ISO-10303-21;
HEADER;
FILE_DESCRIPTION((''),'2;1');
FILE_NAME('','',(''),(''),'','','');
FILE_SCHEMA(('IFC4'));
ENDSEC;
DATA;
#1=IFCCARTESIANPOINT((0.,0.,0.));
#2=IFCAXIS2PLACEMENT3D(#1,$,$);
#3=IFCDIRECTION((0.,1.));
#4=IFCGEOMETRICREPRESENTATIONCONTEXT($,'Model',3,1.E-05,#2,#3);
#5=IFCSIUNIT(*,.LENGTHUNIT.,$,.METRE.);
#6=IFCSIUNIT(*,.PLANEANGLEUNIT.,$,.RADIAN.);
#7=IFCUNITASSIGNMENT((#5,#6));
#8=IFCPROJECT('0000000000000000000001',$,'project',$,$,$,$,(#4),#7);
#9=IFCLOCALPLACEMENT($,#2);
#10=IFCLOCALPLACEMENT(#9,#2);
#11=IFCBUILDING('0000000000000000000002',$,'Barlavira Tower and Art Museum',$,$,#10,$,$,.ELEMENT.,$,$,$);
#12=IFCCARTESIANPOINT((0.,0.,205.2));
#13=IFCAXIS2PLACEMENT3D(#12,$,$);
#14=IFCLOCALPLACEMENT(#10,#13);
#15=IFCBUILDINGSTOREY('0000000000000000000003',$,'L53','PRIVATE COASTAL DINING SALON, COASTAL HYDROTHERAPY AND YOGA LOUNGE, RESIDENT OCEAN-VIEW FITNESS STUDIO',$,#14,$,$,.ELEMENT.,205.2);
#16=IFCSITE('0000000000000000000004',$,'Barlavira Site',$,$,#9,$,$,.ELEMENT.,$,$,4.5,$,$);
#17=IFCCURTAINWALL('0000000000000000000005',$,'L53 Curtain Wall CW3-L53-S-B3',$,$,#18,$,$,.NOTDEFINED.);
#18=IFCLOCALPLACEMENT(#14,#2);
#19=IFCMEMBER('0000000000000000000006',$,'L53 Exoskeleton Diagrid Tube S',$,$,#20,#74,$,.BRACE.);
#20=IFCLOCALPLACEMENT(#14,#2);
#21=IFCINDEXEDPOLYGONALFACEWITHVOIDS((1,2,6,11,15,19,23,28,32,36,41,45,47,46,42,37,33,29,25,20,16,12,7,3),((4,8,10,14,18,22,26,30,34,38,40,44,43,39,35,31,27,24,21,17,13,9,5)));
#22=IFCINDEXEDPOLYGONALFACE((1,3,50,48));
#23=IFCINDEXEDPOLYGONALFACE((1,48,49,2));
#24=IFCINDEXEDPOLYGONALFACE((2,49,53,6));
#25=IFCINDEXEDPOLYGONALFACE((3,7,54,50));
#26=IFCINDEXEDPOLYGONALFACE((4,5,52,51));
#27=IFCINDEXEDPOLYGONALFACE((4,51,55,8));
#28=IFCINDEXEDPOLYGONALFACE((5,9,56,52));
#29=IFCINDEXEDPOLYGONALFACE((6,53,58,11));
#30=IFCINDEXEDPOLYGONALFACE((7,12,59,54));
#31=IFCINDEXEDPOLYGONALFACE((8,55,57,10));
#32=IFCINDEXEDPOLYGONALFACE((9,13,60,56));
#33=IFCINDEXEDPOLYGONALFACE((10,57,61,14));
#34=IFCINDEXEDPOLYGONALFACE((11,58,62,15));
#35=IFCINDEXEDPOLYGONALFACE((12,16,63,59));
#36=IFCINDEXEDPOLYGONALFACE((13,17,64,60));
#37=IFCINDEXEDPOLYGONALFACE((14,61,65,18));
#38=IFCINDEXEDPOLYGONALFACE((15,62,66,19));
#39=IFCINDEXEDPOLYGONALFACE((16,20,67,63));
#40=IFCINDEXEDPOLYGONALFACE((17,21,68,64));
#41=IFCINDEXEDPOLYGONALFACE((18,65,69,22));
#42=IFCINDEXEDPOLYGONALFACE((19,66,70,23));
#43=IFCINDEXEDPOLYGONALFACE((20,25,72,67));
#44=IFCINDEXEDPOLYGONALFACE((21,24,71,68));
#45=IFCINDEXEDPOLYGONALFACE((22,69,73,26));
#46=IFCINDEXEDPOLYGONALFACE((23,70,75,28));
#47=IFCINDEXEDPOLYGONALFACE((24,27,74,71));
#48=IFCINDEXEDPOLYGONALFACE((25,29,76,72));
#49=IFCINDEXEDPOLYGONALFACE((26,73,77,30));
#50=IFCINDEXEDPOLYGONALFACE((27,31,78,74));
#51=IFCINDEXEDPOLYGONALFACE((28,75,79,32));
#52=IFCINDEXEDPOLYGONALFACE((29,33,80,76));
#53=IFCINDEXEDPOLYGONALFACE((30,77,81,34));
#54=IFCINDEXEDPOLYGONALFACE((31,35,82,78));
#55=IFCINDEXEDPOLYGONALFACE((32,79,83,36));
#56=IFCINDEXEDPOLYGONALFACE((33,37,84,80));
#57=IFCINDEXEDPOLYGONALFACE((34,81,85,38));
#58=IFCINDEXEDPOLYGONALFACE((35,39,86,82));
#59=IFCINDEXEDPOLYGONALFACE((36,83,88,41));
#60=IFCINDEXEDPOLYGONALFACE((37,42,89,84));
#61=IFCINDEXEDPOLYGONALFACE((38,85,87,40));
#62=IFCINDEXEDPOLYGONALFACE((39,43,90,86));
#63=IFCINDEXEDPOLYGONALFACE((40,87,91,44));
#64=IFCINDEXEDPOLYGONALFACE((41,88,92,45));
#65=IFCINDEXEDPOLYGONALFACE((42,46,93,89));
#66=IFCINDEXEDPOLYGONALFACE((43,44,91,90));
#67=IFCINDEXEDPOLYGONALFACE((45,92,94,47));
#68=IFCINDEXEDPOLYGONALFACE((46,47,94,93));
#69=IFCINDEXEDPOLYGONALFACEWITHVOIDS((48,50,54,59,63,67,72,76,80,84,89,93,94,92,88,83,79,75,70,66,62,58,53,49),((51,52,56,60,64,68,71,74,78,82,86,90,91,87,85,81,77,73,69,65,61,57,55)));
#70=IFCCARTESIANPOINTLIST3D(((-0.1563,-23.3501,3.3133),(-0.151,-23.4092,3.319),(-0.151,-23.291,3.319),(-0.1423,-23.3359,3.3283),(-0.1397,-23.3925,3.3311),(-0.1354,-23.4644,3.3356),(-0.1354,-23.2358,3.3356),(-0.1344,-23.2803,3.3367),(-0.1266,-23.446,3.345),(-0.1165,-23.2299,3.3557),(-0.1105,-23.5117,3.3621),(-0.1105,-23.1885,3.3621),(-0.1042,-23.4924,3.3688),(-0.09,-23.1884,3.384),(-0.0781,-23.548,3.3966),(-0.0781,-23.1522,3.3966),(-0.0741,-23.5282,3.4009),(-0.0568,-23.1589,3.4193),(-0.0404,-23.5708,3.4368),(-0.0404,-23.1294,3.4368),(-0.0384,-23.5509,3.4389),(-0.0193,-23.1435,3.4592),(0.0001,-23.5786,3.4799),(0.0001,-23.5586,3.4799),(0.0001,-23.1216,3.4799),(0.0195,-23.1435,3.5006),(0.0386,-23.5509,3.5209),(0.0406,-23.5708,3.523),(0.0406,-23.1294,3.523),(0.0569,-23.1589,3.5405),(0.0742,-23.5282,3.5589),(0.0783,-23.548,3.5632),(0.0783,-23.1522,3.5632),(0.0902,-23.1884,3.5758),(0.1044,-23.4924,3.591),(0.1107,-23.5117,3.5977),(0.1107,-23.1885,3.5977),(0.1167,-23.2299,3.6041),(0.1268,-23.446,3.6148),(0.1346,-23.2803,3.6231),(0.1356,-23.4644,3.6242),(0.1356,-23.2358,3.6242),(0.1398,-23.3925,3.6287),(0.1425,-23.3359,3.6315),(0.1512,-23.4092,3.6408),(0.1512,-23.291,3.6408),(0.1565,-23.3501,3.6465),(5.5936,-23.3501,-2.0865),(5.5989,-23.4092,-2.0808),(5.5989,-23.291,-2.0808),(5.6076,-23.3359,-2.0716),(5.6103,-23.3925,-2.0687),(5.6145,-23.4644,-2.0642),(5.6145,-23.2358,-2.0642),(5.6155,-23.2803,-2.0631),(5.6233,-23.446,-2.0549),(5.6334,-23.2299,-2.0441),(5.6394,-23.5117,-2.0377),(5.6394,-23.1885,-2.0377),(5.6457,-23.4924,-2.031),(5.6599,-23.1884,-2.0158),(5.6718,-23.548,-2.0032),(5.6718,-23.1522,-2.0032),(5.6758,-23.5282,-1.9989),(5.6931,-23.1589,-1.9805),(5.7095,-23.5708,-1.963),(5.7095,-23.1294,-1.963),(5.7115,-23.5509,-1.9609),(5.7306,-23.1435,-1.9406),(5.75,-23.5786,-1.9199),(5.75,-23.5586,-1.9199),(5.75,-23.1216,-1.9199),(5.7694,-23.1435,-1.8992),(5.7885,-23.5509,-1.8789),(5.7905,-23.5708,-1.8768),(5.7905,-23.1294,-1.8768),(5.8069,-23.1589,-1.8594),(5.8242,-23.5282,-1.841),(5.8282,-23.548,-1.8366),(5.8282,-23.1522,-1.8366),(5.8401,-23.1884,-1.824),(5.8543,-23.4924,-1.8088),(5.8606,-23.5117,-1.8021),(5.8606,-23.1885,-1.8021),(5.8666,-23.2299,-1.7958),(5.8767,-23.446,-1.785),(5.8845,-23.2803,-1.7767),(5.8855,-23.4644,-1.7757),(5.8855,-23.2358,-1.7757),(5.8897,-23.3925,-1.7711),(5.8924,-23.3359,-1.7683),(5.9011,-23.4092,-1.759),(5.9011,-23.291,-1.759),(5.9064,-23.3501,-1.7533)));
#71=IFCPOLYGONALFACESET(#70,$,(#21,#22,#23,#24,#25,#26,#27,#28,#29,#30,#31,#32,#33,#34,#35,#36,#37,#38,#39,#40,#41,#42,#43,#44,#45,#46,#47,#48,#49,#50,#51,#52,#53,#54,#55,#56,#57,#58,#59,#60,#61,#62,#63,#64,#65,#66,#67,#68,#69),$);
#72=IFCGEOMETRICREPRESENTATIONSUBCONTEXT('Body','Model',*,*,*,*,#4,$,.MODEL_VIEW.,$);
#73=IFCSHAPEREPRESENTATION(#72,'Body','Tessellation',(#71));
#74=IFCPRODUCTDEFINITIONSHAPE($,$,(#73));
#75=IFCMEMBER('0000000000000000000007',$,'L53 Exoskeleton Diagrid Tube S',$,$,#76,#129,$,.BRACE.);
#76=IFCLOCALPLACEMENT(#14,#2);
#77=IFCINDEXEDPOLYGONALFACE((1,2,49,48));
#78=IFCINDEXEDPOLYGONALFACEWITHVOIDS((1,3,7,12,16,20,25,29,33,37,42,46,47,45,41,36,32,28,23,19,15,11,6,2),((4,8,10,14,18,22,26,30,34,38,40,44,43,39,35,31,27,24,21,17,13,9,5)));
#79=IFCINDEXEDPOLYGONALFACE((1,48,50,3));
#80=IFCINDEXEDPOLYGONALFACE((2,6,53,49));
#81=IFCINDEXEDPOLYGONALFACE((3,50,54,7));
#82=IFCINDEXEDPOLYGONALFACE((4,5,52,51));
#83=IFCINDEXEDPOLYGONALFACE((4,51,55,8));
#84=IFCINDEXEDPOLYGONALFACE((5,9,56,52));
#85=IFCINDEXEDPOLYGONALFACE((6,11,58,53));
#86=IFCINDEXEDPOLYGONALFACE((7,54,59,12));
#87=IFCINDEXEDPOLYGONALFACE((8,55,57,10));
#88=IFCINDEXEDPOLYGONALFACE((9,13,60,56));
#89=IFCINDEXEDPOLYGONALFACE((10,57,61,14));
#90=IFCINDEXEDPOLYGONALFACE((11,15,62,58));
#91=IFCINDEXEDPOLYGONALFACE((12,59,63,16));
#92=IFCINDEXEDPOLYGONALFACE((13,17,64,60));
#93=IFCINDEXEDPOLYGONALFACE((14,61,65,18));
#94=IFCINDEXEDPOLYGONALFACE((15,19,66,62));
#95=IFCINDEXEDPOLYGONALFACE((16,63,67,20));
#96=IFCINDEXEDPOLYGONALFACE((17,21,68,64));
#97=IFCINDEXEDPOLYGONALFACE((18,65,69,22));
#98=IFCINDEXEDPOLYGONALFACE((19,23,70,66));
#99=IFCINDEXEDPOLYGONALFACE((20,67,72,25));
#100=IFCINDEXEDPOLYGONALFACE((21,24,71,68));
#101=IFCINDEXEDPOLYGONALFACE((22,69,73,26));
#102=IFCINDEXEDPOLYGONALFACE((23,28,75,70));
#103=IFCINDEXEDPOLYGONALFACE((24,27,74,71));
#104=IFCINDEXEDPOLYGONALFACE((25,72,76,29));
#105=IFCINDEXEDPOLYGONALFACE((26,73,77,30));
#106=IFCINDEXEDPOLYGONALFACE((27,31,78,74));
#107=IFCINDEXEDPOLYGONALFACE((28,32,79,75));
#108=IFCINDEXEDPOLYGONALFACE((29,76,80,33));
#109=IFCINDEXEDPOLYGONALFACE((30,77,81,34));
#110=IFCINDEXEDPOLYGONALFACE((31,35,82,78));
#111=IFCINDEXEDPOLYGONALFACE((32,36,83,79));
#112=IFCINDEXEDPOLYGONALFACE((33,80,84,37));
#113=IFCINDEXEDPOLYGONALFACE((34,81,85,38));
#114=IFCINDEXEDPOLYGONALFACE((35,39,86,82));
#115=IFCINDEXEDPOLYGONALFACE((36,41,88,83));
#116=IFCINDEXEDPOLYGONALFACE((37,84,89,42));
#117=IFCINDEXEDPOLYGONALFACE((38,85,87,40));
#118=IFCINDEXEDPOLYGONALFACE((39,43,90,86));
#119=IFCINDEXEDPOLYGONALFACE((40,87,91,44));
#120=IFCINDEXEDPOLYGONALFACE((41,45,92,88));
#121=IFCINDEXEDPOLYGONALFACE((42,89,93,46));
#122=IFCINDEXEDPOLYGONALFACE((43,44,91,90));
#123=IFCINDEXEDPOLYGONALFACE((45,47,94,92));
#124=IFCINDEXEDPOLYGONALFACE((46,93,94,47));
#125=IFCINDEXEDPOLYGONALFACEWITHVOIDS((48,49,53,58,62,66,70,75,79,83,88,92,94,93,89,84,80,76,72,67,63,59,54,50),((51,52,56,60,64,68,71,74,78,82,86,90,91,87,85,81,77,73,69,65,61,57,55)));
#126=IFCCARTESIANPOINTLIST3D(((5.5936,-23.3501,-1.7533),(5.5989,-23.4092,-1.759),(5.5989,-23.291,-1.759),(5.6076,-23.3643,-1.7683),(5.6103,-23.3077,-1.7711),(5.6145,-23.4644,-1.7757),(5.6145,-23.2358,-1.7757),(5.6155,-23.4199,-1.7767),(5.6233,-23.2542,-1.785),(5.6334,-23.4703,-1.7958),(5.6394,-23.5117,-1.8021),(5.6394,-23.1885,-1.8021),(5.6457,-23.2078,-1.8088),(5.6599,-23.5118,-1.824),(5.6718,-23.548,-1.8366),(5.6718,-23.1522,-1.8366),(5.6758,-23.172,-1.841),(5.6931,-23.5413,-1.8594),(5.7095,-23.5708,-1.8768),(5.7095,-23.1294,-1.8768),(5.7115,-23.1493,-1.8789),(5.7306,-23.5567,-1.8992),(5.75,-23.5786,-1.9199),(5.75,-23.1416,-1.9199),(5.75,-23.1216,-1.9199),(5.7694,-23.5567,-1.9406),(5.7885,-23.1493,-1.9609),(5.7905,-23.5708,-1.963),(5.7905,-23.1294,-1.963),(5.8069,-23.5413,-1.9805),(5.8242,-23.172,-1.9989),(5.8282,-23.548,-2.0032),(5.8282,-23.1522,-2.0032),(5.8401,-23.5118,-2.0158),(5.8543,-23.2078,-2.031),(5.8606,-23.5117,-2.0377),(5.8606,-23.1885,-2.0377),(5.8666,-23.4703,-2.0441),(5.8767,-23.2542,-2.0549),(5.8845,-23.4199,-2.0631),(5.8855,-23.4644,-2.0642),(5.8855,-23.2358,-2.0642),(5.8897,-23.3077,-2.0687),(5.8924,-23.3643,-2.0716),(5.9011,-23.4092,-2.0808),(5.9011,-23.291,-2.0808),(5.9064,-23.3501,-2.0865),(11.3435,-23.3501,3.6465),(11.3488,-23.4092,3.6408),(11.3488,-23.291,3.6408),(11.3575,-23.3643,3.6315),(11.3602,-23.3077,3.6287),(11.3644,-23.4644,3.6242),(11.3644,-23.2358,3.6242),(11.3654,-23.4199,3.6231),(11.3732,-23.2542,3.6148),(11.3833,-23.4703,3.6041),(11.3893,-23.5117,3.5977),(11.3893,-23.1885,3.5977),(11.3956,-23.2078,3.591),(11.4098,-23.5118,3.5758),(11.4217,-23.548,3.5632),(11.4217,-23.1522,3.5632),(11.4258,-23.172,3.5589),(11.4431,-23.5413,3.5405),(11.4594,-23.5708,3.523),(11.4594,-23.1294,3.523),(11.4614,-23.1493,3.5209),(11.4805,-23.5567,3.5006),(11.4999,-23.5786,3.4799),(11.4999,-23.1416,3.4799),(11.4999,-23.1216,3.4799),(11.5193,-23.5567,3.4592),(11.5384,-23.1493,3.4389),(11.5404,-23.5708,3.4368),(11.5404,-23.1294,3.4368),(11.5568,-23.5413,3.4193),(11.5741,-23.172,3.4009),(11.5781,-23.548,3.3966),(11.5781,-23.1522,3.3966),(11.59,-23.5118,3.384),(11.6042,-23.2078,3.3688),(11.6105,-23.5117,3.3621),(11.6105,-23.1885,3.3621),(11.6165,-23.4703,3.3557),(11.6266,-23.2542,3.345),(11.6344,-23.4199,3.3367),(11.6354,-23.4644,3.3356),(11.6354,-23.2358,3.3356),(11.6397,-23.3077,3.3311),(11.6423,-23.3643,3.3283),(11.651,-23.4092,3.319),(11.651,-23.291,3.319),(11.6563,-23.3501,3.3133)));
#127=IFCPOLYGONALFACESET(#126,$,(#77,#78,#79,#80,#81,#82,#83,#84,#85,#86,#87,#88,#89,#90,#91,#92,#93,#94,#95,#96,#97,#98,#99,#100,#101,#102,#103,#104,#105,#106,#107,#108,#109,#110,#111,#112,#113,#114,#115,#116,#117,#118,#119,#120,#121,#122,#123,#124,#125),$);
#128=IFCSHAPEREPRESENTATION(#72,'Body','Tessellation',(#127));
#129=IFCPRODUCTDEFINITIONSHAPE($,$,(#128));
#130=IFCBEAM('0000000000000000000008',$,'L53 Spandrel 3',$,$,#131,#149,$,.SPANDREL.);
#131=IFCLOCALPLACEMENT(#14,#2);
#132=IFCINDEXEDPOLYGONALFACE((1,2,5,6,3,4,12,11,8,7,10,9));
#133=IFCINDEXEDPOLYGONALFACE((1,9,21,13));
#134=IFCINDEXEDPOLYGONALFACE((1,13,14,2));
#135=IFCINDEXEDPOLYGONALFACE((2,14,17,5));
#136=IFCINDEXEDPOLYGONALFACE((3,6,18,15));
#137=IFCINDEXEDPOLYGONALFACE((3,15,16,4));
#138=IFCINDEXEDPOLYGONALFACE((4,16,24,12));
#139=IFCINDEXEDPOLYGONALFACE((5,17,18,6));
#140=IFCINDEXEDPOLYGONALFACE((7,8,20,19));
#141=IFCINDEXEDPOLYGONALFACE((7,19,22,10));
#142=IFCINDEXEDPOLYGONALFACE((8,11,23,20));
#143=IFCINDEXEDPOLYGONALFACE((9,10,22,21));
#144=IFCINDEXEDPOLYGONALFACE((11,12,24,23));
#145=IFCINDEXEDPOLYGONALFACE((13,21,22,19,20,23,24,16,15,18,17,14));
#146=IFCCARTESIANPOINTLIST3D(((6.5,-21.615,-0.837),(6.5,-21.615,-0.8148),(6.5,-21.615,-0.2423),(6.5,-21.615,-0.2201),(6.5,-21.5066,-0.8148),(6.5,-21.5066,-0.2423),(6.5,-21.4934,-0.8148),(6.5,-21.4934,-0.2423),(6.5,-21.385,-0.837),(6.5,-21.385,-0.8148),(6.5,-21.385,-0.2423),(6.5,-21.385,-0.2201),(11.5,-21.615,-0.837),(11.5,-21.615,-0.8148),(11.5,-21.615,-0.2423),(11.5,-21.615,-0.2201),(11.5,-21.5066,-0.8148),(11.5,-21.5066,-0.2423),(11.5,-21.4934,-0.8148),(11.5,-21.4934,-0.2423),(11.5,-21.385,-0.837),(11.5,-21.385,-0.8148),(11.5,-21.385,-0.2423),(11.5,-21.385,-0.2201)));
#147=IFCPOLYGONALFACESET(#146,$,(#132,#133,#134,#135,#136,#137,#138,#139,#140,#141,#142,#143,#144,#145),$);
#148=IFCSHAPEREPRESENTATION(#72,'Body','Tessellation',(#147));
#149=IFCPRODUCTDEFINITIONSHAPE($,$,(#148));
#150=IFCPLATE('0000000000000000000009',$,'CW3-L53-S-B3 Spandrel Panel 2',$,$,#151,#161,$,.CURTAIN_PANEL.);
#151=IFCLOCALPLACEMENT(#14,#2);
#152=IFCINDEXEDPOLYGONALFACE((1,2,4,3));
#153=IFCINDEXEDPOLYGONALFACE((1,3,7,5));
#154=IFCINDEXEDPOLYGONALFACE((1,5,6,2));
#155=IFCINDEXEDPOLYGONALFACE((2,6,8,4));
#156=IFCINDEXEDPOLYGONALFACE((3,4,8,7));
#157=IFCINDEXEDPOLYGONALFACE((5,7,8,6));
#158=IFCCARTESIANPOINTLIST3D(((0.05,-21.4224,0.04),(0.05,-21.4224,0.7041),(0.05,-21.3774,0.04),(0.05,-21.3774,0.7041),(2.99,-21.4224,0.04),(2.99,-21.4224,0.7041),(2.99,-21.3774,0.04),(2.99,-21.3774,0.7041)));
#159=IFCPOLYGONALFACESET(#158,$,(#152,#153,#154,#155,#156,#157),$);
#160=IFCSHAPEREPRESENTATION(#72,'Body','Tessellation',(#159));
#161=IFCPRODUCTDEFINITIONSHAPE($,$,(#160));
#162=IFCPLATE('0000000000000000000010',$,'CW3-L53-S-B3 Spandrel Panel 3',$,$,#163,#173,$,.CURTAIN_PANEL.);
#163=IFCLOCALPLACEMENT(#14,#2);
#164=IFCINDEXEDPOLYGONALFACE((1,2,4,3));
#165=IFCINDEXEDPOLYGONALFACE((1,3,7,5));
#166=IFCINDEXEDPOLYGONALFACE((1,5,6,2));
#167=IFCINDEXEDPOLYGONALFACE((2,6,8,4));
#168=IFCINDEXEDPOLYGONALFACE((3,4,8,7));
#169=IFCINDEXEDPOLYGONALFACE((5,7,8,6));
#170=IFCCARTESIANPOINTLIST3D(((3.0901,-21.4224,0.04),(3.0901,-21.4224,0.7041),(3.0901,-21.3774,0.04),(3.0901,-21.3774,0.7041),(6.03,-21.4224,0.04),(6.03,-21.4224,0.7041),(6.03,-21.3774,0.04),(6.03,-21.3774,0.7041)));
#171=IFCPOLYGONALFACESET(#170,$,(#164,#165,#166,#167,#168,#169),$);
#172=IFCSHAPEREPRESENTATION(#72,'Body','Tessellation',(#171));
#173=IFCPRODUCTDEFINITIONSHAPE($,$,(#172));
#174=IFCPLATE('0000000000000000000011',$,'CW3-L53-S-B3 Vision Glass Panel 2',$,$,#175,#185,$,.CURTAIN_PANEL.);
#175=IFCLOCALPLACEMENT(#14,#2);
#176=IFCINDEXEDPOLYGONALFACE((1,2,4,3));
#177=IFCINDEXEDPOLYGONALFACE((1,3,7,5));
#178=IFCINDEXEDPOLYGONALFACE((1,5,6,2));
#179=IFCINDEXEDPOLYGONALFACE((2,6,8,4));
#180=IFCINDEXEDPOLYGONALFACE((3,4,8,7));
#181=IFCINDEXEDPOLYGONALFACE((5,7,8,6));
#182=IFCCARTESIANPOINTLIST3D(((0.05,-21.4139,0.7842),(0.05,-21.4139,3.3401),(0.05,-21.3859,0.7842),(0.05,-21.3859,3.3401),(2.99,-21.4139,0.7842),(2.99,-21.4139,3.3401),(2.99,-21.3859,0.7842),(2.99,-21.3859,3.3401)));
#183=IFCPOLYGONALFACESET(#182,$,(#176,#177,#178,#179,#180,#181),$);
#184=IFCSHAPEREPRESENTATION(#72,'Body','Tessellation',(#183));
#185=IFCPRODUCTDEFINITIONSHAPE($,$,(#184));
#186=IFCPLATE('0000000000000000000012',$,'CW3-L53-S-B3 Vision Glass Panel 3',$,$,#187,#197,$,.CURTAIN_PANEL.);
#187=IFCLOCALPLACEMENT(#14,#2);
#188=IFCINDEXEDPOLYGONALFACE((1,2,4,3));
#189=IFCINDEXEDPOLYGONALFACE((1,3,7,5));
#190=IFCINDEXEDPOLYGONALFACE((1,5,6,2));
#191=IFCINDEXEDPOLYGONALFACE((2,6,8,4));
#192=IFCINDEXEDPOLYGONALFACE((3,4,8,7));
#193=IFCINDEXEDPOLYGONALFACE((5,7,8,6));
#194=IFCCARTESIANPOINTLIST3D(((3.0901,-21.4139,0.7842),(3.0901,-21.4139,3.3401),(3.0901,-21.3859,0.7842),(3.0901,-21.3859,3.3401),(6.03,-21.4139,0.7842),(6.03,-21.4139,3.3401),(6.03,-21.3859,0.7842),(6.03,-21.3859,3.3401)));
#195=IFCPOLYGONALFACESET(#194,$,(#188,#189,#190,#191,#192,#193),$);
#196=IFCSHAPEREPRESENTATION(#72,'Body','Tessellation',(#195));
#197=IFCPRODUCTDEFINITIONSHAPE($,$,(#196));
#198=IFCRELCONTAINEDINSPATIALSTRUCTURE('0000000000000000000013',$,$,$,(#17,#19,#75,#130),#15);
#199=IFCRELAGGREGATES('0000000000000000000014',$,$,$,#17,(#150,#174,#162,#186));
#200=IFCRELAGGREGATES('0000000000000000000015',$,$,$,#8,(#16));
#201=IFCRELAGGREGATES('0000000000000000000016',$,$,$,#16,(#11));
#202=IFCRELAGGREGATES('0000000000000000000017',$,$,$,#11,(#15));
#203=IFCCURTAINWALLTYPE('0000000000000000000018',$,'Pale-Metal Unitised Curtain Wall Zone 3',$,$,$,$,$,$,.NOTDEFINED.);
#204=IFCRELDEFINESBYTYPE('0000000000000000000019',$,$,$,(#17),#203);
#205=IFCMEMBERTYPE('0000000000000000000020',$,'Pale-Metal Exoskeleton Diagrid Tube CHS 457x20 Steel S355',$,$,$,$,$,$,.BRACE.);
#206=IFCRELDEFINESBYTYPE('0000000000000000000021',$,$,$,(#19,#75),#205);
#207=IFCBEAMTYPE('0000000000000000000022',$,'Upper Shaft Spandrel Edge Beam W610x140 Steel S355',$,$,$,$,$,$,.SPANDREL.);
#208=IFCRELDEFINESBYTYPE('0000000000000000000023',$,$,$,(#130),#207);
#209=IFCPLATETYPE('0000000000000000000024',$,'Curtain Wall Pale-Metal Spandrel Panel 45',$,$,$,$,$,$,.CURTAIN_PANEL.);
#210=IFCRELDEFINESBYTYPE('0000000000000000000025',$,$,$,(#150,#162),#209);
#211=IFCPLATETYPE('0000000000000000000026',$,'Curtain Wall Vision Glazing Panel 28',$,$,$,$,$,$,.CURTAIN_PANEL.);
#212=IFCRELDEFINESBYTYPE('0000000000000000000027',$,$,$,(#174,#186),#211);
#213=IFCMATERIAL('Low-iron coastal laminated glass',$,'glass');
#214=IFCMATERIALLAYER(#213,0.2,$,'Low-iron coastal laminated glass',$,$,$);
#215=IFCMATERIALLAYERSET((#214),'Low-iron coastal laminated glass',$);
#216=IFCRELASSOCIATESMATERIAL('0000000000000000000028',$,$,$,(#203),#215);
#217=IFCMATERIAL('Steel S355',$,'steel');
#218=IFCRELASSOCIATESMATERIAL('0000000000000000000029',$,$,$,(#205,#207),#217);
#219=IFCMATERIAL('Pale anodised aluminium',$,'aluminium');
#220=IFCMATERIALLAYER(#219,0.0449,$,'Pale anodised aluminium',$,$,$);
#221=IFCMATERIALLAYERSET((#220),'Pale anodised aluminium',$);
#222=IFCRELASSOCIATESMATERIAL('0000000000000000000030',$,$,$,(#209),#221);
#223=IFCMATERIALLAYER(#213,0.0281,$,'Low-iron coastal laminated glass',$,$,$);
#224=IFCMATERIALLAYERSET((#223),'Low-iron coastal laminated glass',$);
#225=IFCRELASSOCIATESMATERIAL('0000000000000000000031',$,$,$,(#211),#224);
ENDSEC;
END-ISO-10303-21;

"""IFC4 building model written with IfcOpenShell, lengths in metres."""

from ifc_helpers import new_model, si_unit, direction, frame, origin, origin_2d, place, context, subcontext, project, spatial, rectangle, hollow_circle, i_section, extrude, material, layer, layer_set, material_profile, profile_set, type_object, element, aggregate, save


model = new_model("IFC4")

# Units and contexts
model_context = context("Model", 3, precision=1e-05, world=origin(), true_north=direction((0.0, 1.0)))
body_context = subcontext(model_context, "Body", "Model", "MODEL_VIEW")
ifc_project = project(units=[si_unit("LENGTHUNIT", "METRE"), si_unit("PLANEANGLEUNIT", "RADIAN")], contexts=[model_context])

# Site, building, storey
site_placement = place(None, origin())
site = spatial("IfcSite", under=ifc_project, at=site_placement, Name="Barlavira Site", CompositionType="ELEMENT", RefElevation=4.5)
building_placement = place(site_placement, origin())
building = spatial("IfcBuilding", under=site, at=building_placement, Name="Barlavira Tower and Art Museum", CompositionType="ELEMENT")
storey_placement = place(building_placement, frame((0.0, 0.0, 205.2)))
storey = spatial("IfcBuildingStorey", under=building, at=storey_placement, Name="L53", Description="PRIVATE COASTAL DINING SALON, COASTAL HYDROTHERAPY AND YOGA LOUNGE, RESIDENT OCEAN-VIEW FITNESS STUDIO", CompositionType="ELEMENT", Elevation=205.2)

# Curtain wall
ifc_material_1 = material(Name="Low-iron coastal laminated glass", Category="glass")
ifc_layer_1 = layer(ifc_material_1, 0.2, Name="Low-iron coastal laminated glass")
ifc_layer_set_1 = layer_set([ifc_layer_1], Name="Low-iron coastal laminated glass")
curtain_wall_type = type_object("IfcCurtainWallType", Name="Pale-Metal Unitised Curtain Wall Zone 3", PredefinedType="NOTDEFINED", material=ifc_layer_set_1)
curtain_wall_placement = place(storey_placement, origin())
curtain_wall = element("IfcCurtainWall", 1, at=curtain_wall_placement, inside=storey, type_object=curtain_wall_type, Name="L53 Curtain Wall CW3-L53-S-B3", PredefinedType="NOTDEFINED")
ifc_material_2 = material(Name="Pale anodised aluminium", Category="aluminium")

# Members
ifc_material_3 = material(Name="Steel S355", Category="steel")
ifc_material_profile_1 = material_profile(ifc_material_3, hollow_circle(Radius=0.2285, WallThickness=0.02, at=origin_2d()), Name="CHS 457.0x20.0")
ifc_profile_set_1 = profile_set([ifc_material_profile_1], Name="Steel S355")
member_type_1 = type_object("IfcMemberType", Name="Pale-Metal Exoskeleton Diagrid Tube CHS 457x20 Steel S355", PredefinedType="BRACE", material=ifc_profile_set_1)
for number, where, z_axis, x_axis, name in (
    (2, (5.75, -23.3501, -1.9199), (-0.72895, 0.0, 0.684567), (0.0, -1.0, 0.0), "L53 Exoskeleton Diagrid Tube S"),
    (3, (5.75, -23.3501, -1.9199), (0.72895, 0.0, 0.684567), (0.0, 1.0, 0.0), "L53 Exoskeleton Diagrid Tube S"),
):
    element("IfcMember", number, at=place(storey_placement, frame(where, z_axis=z_axis, x_axis=x_axis)), inside=storey, type_object=member_type_1, Name=name, PredefinedType="BRACE", context=body_context, shape_type="SweptSolid", body=[
        extrude(hollow_circle(Radius=0.2285, WallThickness=0.02, at=origin_2d()), origin(), (0.0, 0.0, 1.0), 7.8879),
    ])

# Beam
ifc_material_profile_2 = material_profile(ifc_material_3, i_section(OverallWidth=0.23, OverallDepth=0.6169, WebThickness=0.0132, FlangeThickness=0.0222, at=origin_2d()), Name="W610x140.0")
ifc_profile_set_2 = profile_set([ifc_material_profile_2], Name="Steel S355")
beam_type = type_object("IfcBeamType", Name="Upper Shaft Spandrel Edge Beam W610x140 Steel S355", PredefinedType="SPANDREL", material=ifc_profile_set_2)
beam_placement = place(storey_placement, frame((6.5, -21.5, -0.5286), z_axis=(1.0, 0.0, 0.0), x_axis=(0.0, 1.0, 0.0)))
element("IfcBeam", 4, at=beam_placement, inside=storey, type_object=beam_type, Name="L53 Spandrel 3", PredefinedType="SPANDREL", context=body_context, shape_type="SweptSolid", body=[
    extrude(i_section(OverallWidth=0.23, OverallDepth=0.6169, WebThickness=0.0132, FlangeThickness=0.0222, at=origin_2d()), origin(), (0.0, 0.0, 1.0), 5.0),
])

# Plates
ifc_layer_2 = layer(ifc_material_2, 0.0449, Name="Pale anodised aluminium")
ifc_layer_set_2 = layer_set([ifc_layer_2], Name="Pale anodised aluminium")
plate_type_1 = type_object("IfcPlateType", Name="Curtain Wall Pale-Metal Spandrel Panel 45", PredefinedType="CURTAIN_PANEL", material=ifc_layer_set_2)
plate_1_placement = place(storey_placement, frame((1.52, -21.3999, 0.04), z_axis=(0.0, 0.0, 1.0), x_axis=(1.0, 0.0, 0.0)))
plate_1 = element("IfcPlate", 5, at=plate_1_placement, type_object=plate_type_1, Name="CW3-L53-S-B3 Spandrel Panel 2", PredefinedType="CURTAIN_PANEL", context=body_context, shape_type="SweptSolid", body=[
    extrude(rectangle(XDim=2.9399, YDim=0.0449, at=origin_2d()), origin(), (0.0, 0.0, 1.0), 0.6641),
])
plate_2_placement = place(storey_placement, frame((4.5601, -21.3999, 0.04), z_axis=(0.0, 0.0, 1.0), x_axis=(1.0, 0.0, 0.0)))
plate_2 = element("IfcPlate", 6, at=plate_2_placement, type_object=plate_type_1, Name="CW3-L53-S-B3 Spandrel Panel 3", PredefinedType="CURTAIN_PANEL", context=body_context, shape_type="SweptSolid", body=[
    extrude(rectangle(XDim=2.9399, YDim=0.0449, at=origin_2d()), origin(), (0.0, 0.0, 1.0), 0.6641),
])
ifc_layer_3 = layer(ifc_material_1, 0.0281, Name="Low-iron coastal laminated glass")
ifc_layer_set_3 = layer_set([ifc_layer_3], Name="Low-iron coastal laminated glass")
plate_type_2 = type_object("IfcPlateType", Name="Curtain Wall Vision Glazing Panel 28", PredefinedType="CURTAIN_PANEL", material=ifc_layer_set_3)
plate_3_placement = place(storey_placement, frame((1.52, -21.3999, 0.7842), z_axis=(0.0, 0.0, 1.0), x_axis=(1.0, 0.0, 0.0)))
plate_3 = element("IfcPlate", 7, at=plate_3_placement, type_object=plate_type_2, Name="CW3-L53-S-B3 Vision Glass Panel 2", PredefinedType="CURTAIN_PANEL", context=body_context, shape_type="SweptSolid", body=[
    extrude(rectangle(XDim=2.9399, YDim=0.0281, at=origin_2d()), origin(), (0.0, 0.0, 1.0), 2.5559),
])
plate_4_placement = place(storey_placement, frame((4.5601, -21.3999, 0.7842), z_axis=(0.0, 0.0, 1.0), x_axis=(1.0, 0.0, 0.0)))
plate_4 = element("IfcPlate", 8, at=plate_4_placement, type_object=plate_type_2, Name="CW3-L53-S-B3 Vision Glass Panel 3", PredefinedType="CURTAIN_PANEL", context=body_context, shape_type="SweptSolid", body=[
    extrude(rectangle(XDim=2.9399, YDim=0.0281, at=origin_2d()), origin(), (0.0, 0.0, 1.0), 2.5559),
])
aggregate(curtain_wall, [plate_1, plate_3, plate_2, plate_4])

save(model, "model.ifc")
